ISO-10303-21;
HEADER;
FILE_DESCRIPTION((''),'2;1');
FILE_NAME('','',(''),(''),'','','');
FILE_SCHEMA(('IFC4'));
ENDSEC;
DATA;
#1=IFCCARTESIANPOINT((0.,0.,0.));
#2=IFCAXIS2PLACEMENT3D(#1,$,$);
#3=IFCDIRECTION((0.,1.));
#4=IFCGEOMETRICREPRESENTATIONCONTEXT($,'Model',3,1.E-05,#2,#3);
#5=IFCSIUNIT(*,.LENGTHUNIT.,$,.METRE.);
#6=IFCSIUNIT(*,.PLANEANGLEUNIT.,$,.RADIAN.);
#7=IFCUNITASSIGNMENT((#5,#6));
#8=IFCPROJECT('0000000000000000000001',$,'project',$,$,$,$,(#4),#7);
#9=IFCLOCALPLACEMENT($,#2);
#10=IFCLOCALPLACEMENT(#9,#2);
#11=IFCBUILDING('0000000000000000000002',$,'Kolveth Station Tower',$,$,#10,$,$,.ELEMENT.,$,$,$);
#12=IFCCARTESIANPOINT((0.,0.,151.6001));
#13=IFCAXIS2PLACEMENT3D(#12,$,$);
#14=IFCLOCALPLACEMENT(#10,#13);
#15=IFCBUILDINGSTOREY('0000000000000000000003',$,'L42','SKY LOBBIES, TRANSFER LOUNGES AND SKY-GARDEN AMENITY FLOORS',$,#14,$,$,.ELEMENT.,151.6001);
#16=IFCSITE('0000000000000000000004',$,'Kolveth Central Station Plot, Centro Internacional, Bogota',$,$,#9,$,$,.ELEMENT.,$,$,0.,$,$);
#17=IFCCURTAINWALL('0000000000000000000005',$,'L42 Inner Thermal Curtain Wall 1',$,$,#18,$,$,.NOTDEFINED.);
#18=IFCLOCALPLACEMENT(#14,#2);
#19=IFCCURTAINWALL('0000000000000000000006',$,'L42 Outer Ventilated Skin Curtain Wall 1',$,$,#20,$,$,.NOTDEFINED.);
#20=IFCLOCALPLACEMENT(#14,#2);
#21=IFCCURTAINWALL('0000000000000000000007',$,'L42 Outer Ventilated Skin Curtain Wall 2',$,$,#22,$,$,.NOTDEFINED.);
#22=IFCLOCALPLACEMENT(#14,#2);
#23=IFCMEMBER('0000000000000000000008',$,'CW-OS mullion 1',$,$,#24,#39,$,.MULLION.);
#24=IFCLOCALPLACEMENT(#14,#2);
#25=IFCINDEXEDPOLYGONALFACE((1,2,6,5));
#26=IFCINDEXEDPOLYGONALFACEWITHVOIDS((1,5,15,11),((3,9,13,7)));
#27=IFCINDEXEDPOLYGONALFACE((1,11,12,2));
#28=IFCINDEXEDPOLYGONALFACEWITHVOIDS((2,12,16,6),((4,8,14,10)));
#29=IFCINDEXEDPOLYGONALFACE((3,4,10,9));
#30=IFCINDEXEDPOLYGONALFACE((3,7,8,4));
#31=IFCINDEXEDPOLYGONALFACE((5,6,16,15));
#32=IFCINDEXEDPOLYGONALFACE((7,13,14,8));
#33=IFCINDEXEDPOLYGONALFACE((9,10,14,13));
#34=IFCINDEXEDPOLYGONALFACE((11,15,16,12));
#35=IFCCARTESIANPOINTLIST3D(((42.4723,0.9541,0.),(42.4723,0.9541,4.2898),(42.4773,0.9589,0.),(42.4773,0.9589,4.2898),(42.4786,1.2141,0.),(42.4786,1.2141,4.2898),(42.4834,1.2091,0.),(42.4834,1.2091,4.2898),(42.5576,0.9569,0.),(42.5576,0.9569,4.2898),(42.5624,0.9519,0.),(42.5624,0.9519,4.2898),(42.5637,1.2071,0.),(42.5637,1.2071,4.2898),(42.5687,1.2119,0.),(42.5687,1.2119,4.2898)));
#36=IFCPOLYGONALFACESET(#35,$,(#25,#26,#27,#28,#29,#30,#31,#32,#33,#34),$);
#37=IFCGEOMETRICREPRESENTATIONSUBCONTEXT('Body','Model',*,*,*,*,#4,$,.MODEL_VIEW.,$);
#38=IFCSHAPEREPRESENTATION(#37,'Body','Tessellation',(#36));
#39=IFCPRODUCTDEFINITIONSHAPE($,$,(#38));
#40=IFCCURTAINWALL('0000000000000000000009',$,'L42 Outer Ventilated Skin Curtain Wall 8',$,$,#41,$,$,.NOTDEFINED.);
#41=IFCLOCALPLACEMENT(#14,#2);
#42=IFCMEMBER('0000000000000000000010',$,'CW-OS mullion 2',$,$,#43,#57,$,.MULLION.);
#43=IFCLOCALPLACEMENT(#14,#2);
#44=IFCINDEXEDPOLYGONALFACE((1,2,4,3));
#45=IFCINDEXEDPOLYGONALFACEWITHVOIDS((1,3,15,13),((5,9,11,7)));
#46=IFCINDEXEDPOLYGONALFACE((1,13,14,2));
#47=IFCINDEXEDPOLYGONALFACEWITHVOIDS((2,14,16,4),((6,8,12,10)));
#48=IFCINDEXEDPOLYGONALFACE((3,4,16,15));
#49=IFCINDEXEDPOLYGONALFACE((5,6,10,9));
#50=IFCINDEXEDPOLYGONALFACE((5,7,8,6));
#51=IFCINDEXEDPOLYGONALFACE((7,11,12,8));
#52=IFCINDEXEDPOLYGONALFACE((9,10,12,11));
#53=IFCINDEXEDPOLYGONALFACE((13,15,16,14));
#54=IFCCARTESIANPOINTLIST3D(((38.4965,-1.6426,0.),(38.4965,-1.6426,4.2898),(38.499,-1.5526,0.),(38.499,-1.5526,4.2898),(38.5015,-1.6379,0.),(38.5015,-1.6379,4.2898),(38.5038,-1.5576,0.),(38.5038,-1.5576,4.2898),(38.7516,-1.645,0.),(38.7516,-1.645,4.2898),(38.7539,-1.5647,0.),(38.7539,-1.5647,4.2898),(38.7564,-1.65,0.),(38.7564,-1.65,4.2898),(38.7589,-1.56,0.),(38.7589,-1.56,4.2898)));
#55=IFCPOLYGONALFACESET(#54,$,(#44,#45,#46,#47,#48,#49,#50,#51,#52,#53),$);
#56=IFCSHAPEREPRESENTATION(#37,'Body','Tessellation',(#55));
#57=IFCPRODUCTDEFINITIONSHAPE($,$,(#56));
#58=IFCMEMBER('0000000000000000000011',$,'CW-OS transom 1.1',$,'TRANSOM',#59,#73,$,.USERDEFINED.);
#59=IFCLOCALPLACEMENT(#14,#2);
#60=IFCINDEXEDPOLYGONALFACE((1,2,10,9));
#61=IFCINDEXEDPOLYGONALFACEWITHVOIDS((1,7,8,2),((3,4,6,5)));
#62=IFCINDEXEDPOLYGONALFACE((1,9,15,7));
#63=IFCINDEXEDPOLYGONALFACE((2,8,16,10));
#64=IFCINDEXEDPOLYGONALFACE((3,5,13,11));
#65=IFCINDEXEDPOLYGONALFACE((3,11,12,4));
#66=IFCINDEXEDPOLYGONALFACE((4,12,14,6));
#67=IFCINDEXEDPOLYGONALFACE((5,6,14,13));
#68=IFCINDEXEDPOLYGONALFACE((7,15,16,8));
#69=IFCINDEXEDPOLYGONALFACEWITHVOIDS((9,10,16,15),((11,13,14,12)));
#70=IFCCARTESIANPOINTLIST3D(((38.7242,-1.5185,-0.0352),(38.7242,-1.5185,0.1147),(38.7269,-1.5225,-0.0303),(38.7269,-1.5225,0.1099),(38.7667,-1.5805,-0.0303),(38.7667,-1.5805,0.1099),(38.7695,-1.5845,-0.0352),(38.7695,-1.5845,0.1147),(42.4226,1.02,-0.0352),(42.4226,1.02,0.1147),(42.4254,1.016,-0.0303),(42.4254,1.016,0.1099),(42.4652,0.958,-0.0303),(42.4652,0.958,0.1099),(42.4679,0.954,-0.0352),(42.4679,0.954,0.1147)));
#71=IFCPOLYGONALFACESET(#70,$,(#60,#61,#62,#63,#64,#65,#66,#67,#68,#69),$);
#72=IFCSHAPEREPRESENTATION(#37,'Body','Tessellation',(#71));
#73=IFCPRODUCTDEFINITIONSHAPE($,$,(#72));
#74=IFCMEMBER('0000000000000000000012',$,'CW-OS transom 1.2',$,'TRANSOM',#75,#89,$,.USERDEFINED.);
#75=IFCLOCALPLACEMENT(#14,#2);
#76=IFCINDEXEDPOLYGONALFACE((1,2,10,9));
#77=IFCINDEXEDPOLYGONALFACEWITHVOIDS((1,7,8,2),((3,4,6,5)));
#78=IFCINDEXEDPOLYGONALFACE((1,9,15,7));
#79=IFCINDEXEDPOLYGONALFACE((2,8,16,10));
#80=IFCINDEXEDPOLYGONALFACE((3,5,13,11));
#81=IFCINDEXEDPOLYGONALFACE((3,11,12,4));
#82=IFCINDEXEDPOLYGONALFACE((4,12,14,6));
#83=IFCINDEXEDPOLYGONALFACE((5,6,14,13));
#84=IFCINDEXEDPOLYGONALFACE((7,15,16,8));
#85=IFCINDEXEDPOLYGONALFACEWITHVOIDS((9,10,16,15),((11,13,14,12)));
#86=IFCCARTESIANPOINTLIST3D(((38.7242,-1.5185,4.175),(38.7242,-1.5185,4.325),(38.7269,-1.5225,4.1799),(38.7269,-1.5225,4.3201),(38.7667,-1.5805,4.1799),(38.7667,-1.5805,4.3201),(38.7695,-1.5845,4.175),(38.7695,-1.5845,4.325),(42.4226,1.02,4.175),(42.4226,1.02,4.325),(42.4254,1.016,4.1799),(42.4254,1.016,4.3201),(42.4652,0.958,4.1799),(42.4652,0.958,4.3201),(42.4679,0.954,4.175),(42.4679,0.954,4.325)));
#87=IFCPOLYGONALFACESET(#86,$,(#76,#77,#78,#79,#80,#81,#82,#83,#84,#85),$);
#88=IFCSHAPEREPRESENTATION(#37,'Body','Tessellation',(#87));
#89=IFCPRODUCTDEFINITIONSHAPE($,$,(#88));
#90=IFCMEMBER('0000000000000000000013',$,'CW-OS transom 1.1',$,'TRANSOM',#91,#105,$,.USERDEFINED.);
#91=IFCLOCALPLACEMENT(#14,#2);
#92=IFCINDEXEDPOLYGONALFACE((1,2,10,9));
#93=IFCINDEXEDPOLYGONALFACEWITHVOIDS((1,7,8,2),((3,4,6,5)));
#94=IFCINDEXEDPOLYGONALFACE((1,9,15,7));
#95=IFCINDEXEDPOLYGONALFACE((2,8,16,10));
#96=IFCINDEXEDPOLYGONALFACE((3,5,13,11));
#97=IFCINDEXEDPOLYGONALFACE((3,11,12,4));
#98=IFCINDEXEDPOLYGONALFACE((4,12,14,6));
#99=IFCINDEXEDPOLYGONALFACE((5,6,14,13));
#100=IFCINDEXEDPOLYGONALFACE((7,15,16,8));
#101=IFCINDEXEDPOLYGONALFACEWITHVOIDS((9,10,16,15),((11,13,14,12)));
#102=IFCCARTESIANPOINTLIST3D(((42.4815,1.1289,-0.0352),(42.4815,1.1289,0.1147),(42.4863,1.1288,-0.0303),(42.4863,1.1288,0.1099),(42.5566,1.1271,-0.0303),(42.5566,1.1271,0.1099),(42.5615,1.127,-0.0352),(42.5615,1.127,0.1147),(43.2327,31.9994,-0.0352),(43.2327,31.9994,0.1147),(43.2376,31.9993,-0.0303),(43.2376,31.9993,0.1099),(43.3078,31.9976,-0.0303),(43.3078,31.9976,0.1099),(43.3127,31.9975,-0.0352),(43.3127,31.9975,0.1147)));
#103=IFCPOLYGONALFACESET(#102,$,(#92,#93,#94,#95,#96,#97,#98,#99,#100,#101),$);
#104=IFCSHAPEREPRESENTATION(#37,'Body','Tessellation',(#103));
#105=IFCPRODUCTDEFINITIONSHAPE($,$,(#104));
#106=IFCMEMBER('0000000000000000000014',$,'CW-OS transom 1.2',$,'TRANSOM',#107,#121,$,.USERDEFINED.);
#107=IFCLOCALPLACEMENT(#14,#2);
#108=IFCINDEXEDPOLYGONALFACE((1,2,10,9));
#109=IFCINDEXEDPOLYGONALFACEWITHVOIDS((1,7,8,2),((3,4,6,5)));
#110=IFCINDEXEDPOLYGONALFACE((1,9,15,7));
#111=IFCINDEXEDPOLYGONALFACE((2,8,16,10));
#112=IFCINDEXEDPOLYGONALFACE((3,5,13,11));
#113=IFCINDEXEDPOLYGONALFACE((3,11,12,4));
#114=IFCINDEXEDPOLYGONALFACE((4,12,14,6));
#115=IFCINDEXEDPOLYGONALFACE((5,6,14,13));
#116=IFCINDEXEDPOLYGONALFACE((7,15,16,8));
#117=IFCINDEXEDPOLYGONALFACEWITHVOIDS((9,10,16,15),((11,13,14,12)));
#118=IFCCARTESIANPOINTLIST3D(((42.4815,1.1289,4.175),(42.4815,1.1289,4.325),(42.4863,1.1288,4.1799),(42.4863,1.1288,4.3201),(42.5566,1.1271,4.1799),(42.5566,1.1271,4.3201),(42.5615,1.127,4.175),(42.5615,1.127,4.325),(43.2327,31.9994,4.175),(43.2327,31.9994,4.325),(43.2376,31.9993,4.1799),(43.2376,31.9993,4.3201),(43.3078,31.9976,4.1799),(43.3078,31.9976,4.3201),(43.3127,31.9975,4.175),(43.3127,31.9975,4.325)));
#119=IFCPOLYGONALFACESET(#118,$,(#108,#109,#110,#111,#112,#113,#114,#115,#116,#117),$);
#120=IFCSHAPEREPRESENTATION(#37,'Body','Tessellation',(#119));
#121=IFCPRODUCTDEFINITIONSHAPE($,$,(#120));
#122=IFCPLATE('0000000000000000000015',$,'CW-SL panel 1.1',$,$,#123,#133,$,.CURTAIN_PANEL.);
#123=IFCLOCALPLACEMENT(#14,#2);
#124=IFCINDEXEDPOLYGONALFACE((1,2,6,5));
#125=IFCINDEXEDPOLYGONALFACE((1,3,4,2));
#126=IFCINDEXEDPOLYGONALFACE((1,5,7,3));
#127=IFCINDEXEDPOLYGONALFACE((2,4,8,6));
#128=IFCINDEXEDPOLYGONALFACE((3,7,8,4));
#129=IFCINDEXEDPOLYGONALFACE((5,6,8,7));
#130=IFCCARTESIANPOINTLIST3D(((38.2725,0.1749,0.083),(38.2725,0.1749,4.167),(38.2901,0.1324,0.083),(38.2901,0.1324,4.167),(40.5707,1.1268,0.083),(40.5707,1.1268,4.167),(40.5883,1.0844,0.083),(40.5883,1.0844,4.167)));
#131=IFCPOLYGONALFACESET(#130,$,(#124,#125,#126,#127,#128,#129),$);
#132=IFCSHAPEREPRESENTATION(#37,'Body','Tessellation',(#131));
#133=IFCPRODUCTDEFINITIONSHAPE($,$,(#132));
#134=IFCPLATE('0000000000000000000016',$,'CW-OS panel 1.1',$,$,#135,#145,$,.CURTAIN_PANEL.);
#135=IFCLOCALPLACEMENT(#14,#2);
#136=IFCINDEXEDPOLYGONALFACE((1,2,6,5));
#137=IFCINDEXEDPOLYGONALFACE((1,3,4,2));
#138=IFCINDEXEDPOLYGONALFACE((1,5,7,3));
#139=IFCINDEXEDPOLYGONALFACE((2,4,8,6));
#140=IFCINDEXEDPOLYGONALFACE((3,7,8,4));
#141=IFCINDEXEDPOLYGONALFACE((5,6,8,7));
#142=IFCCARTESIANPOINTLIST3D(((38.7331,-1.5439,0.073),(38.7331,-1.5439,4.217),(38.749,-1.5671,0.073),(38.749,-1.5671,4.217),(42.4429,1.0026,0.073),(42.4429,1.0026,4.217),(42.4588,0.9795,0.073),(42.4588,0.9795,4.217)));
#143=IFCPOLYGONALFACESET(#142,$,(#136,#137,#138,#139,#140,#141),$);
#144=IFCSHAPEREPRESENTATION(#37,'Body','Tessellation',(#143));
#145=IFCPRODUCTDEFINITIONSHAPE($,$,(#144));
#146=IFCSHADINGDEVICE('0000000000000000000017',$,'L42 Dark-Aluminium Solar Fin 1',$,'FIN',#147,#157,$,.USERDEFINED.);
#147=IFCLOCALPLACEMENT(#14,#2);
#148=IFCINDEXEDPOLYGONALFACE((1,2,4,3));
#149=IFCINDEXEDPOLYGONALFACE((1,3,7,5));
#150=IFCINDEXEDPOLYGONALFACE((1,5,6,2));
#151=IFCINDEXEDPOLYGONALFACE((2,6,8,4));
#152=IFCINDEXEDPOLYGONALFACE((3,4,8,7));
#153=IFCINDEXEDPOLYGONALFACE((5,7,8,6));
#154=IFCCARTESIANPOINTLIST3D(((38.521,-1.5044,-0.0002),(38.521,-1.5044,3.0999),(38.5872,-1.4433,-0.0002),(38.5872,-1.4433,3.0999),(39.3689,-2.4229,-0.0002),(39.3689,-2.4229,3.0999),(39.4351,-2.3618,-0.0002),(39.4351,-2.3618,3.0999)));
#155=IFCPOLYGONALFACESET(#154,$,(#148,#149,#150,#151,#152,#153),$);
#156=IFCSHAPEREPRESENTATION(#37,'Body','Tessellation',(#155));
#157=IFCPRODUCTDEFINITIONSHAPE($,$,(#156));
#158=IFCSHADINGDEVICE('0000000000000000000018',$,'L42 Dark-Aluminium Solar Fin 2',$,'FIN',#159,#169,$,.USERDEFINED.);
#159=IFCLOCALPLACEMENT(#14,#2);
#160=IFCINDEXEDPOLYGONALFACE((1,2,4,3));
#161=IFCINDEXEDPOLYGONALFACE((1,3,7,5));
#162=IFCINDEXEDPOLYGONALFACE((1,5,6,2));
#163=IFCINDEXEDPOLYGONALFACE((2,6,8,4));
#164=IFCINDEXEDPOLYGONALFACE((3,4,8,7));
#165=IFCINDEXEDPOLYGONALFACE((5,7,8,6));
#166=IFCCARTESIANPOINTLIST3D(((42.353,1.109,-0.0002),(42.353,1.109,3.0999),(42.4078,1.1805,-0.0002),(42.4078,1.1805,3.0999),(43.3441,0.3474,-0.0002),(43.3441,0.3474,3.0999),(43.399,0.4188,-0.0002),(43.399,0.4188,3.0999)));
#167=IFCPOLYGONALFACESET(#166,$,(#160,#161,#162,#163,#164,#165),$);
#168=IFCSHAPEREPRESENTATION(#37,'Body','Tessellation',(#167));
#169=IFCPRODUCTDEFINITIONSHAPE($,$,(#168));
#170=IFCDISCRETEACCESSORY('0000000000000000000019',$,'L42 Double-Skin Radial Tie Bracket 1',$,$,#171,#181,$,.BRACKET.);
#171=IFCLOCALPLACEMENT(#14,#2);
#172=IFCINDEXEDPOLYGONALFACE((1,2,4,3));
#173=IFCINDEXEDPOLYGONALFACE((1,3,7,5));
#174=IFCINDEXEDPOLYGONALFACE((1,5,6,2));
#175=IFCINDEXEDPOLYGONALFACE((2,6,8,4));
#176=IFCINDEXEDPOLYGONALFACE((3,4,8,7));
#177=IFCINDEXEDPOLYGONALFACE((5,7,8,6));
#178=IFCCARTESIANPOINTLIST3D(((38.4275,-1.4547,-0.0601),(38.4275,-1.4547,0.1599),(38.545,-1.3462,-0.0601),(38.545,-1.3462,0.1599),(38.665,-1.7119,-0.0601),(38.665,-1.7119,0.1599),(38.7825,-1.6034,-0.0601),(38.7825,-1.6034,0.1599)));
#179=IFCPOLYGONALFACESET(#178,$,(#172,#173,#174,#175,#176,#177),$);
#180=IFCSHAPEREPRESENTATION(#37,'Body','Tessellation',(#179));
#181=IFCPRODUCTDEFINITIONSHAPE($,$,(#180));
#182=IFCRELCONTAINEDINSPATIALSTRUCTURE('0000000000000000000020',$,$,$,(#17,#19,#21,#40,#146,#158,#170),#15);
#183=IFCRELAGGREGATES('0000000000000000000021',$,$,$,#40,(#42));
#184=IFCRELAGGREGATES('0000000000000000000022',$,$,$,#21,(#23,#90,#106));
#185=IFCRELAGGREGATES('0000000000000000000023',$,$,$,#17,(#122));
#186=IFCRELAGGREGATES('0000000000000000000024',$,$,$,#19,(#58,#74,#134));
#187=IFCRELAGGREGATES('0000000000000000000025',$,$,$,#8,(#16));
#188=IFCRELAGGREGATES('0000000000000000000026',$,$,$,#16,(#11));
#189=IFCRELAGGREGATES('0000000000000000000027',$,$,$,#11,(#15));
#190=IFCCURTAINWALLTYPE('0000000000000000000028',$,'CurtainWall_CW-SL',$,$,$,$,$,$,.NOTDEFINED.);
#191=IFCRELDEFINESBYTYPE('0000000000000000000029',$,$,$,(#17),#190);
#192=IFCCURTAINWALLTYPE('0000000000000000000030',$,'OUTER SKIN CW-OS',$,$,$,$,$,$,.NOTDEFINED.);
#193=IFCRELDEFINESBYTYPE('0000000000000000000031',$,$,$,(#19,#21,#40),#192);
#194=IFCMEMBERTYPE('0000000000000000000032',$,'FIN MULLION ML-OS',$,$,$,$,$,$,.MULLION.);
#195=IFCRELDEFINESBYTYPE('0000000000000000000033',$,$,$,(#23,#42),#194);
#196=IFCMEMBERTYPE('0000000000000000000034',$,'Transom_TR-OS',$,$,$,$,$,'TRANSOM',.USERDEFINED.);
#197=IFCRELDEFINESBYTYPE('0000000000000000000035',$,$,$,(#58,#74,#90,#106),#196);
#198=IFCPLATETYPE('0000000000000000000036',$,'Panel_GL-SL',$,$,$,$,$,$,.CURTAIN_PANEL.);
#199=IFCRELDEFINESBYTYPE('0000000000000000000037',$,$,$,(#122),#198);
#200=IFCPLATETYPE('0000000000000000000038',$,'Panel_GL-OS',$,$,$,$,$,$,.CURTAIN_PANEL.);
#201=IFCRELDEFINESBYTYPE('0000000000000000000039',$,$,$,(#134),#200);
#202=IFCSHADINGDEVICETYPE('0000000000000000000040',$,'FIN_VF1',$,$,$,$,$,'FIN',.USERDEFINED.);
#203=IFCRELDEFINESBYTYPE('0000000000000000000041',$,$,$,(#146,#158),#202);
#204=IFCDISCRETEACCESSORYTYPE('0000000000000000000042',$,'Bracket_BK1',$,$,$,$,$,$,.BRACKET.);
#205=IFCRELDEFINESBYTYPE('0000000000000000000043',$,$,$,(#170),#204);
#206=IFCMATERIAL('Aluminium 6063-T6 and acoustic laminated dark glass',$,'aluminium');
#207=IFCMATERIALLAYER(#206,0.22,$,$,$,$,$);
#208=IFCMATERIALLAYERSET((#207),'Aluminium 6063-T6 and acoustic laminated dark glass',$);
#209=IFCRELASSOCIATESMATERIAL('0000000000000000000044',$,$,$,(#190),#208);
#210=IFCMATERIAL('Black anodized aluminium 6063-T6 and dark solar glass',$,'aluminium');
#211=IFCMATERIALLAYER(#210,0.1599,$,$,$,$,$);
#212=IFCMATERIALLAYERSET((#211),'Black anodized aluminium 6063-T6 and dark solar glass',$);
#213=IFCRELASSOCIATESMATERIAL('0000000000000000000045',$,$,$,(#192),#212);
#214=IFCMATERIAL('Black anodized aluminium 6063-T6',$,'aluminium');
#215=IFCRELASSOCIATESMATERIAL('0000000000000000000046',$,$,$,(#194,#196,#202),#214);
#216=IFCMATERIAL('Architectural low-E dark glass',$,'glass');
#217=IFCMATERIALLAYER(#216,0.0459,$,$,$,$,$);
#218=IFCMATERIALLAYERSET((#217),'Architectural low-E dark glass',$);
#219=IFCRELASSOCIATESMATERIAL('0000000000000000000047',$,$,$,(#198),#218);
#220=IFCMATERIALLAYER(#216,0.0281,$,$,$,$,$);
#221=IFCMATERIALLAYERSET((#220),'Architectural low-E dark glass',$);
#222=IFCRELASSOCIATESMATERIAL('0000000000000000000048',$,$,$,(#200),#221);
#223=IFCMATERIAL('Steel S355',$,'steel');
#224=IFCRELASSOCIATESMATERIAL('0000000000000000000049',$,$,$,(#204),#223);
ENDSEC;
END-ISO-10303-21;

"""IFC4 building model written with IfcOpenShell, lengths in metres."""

from ifc_helpers import new_model, si_unit, direction, frame, origin, origin_2d, place, context, subcontext, project, spatial, rectangle, hollow_rectangle, extrude, source, transform, mapped, material, layer, layer_set, material_profile, profile_set, type_object, element, aggregate, save


model = new_model("IFC4")

# Units and contexts
model_context = context("Model", 3, precision=1e-05, world=origin(), true_north=direction((0.0, 1.0)))
body_context = subcontext(model_context, "Body", "Model", "MODEL_VIEW")
ifc_project = project(units=[si_unit("LENGTHUNIT", "METRE"), si_unit("PLANEANGLEUNIT", "RADIAN")], contexts=[model_context])

# Site, building, storey
site_placement = place(None, origin())
site = spatial("IfcSite", under=ifc_project, at=site_placement, Name="Kolveth Central Station Plot, Centro Internacional, Bogota", CompositionType="ELEMENT", RefElevation=0.0)
building_placement = place(site_placement, origin())
building = spatial("IfcBuilding", under=site, at=building_placement, Name="Kolveth Station Tower", CompositionType="ELEMENT")
storey_placement = place(building_placement, frame((0.0, 0.0, 151.6001)))
storey = spatial("IfcBuildingStorey", under=building, at=storey_placement, Name="L42", Description="SKY LOBBIES, TRANSFER LOUNGES AND SKY-GARDEN AMENITY FLOORS", CompositionType="ELEMENT", Elevation=151.6001)

# Shared definitions
ifc_material_1 = material(Name="Steel S355", Category="steel")

# Curtain wall
ifc_material_2 = material(Name="Aluminium 6063-T6 and acoustic laminated dark glass", Category="aluminium")
ifc_layer_1 = layer(ifc_material_2, 0.22)
ifc_layer_set_1 = layer_set([ifc_layer_1], Name="Aluminium 6063-T6 and acoustic laminated dark glass")
curtain_wall_type_1 = type_object("IfcCurtainWallType", Name="CurtainWall_CW-SL", PredefinedType="NOTDEFINED", material=ifc_layer_set_1)
curtain_wall_1_placement = place(storey_placement, origin())
curtain_wall_1 = element("IfcCurtainWall", 1, at=curtain_wall_1_placement, inside=storey, type_object=curtain_wall_type_1, Name="L42 Inner Thermal Curtain Wall 1", PredefinedType="NOTDEFINED")
ifc_material_3 = material(Name="Black anodized aluminium 6063-T6", Category="aluminium")

# Curtain wall
ifc_material_4 = material(Name="Black anodized aluminium 6063-T6 and dark solar glass", Category="aluminium")
ifc_layer_2 = layer(ifc_material_4, 0.1599)
ifc_layer_set_2 = layer_set([ifc_layer_2], Name="Black anodized aluminium 6063-T6 and dark solar glass")
curtain_wall_type_2 = type_object("IfcCurtainWallType", Name="OUTER SKIN CW-OS", PredefinedType="NOTDEFINED", material=ifc_layer_set_2)
curtain_wall_2_placement = place(storey_placement, origin())
curtain_wall_2 = element("IfcCurtainWall", 2, at=curtain_wall_2_placement, inside=storey, type_object=curtain_wall_type_2, Name="L42 Outer Ventilated Skin Curtain Wall 1", PredefinedType="NOTDEFINED")
ifc_material_profile_1 = material_profile(ifc_material_3, hollow_rectangle(XDim=0.0901, YDim=0.26, WallThickness=0.0049, at=origin_2d()), Name="ALU-90x260x5")
ifc_profile_set_1 = profile_set([ifc_material_profile_1], Name="Black anodized aluminium 6063-T6")
member_type_1 = type_object("IfcMemberType", Name="FIN MULLION ML-OS", PredefinedType="MULLION", material=ifc_profile_set_1)
shared_shape_1 = source(origin(), body_context, "Body", "SweptSolid", [
    extrude(hollow_rectangle(XDim=0.0901, YDim=0.26, WallThickness=0.0049, at=origin_2d()), origin(), (0.0, 0.0, 1.0), 4.2898),
])

# Curtain walls, members
curtain_wall_3_placement = place(storey_placement, origin())
curtain_wall_3 = element("IfcCurtainWall", 3, at=curtain_wall_3_placement, inside=storey, type_object=curtain_wall_type_2, Name="L42 Outer Ventilated Skin Curtain Wall 2", PredefinedType="NOTDEFINED")
member_1_placement = place(storey_placement, frame((42.5205, 1.083, 0.0), z_axis=(0.0, 0.0, 1.0), x_axis=(-0.999704, 0.024324, 0.0)))
member_1 = element("IfcMember", 4, at=member_1_placement, type_object=member_type_1, Name="CW-OS mullion 1", PredefinedType="MULLION", context=body_context, shape_type="MappedRepresentation", body=[
    mapped(shared_shape_1, transform((0.0, 0.0, 0.0), x_axis=(1.0, 0.0, 0.0), y_axis=(0.0, 1.0, 0.0), z_axis=(0.0, 0.0, 1.0), scale=1.0)),
])
curtain_wall_4_placement = place(storey_placement, origin())
curtain_wall_4 = element("IfcCurtainWall", 5, at=curtain_wall_4_placement, inside=storey, type_object=curtain_wall_type_2, Name="L42 Outer Ventilated Skin Curtain Wall 8", PredefinedType="NOTDEFINED")
member_2_placement = place(storey_placement, frame((38.6277, -1.6013, 0.0), z_axis=(0.0, 0.0, 1.0), x_axis=(0.028462, 0.999595, 0.0)))
member_2 = element("IfcMember", 6, at=member_2_placement, type_object=member_type_1, Name="CW-OS mullion 2", PredefinedType="MULLION", context=body_context, shape_type="MappedRepresentation", body=[
    mapped(shared_shape_1, transform((0.0, 0.0, 0.0), x_axis=(1.0, 0.0, 0.0), y_axis=(0.0, 1.0, 0.0), z_axis=(0.0, 0.0, 1.0), scale=1.0)),
])
aggregate(curtain_wall_4, [member_2])

# Members
ifc_material_profile_2 = material_profile(ifc_material_3, hollow_rectangle(XDim=0.0801, YDim=0.1499, WallThickness=0.0049, at=origin_2d()), Name="ALU-80x150x5")
ifc_profile_set_2 = profile_set([ifc_material_profile_2], Name="Black anodized aluminium 6063-T6")
member_type_2 = type_object("IfcMemberType", Name="Transom_TR-OS", ElementType="TRANSOM", PredefinedType="USERDEFINED", material=ifc_profile_set_2)
shared_shape_2 = source(origin(), body_context, "Body", "SweptSolid", [
    extrude(hollow_rectangle(XDim=0.0801, YDim=0.1499, WallThickness=0.0049, at=origin_2d()), origin(), (0.0, 0.0, 1.0), 4.4858),
])
member_3_placement = place(storey_placement, frame((38.7468, -1.5515, 0.0398), z_axis=(0.824472, 0.565903, 0.0), x_axis=(-0.565903, 0.824472, 0.0)))
member_3 = element("IfcMember", 7, at=member_3_placement, type_object=member_type_2, Name="CW-OS transom 1.1", ObjectType="TRANSOM", PredefinedType="USERDEFINED", context=body_context, shape_type="MappedRepresentation", body=[
    mapped(shared_shape_2, transform((0.0, 0.0, 0.0), x_axis=(1.0, 0.0, 0.0), y_axis=(0.0, 1.0, 0.0), z_axis=(0.0, 0.0, 1.0), scale=1.0)),
])
member_4_placement = place(storey_placement, frame((38.7468, -1.5515, 4.25), z_axis=(0.824472, 0.565903, 0.0), x_axis=(-0.565903, 0.824472, 0.0)))
member_4 = element("IfcMember", 8, at=member_4_placement, type_object=member_type_2, Name="CW-OS transom 1.2", ObjectType="TRANSOM", PredefinedType="USERDEFINED", context=body_context, shape_type="MappedRepresentation", body=[
    mapped(shared_shape_2, transform((0.0, 0.0, 0.0), x_axis=(1.0, 0.0, 0.0), y_axis=(0.0, 1.0, 0.0), z_axis=(0.0, 0.0, 1.0), scale=1.0)),
])
shared_shape_3 = source(origin(), body_context, "Body", "SweptSolid", [
    extrude(hollow_rectangle(XDim=0.0801, YDim=0.1499, WallThickness=0.0049, at=origin_2d()), origin(), (0.0, 0.0, 1.0), 30.8796),
])
member_5_placement = place(storey_placement, frame((42.5215, 1.1279, 0.0398), z_axis=(0.024327, 0.999704, 0.0), x_axis=(-0.999704, 0.024327, 0.0)))
member_5 = element("IfcMember", 9, at=member_5_placement, type_object=member_type_2, Name="CW-OS transom 1.1", ObjectType="TRANSOM", PredefinedType="USERDEFINED", context=body_context, shape_type="MappedRepresentation", body=[
    mapped(shared_shape_3, transform((0.0, 0.0, 0.0), x_axis=(1.0, 0.0, 0.0), y_axis=(0.0, 1.0, 0.0), z_axis=(0.0, 0.0, 1.0), scale=1.0)),
])
member_6_placement = place(storey_placement, frame((42.5215, 1.1279, 4.25), z_axis=(0.024327, 0.999704, 0.0), x_axis=(-0.999704, 0.024327, 0.0)))
member_6 = element("IfcMember", 10, at=member_6_placement, type_object=member_type_2, Name="CW-OS transom 1.2", ObjectType="TRANSOM", PredefinedType="USERDEFINED", context=body_context, shape_type="MappedRepresentation", body=[
    mapped(shared_shape_3, transform((0.0, 0.0, 0.0), x_axis=(1.0, 0.0, 0.0), y_axis=(0.0, 1.0, 0.0), z_axis=(0.0, 0.0, 1.0), scale=1.0)),
])
aggregate(curtain_wall_3, [member_1, member_5, member_6])

# Plates
ifc_material_5 = material(Name="Architectural low-E dark glass", Category="glass")
ifc_layer_3 = layer(ifc_material_5, 0.0459)
ifc_layer_set_3 = layer_set([ifc_layer_3], Name="Architectural low-E dark glass")
plate_type_1 = type_object("IfcPlateType", Name="Panel_GL-SL", PredefinedType="CURTAIN_PANEL", material=ifc_layer_set_3)
shared_shape_4 = source(origin(), body_context, "Body", "SweptSolid", [
    extrude(rectangle(XDim=2.4875, YDim=0.0459, at=origin_2d()), origin(), (0.0, 0.0, 1.0), 4.084),
])
plate_1_placement = place(storey_placement, frame((39.4304, 0.6296, 0.083), z_axis=(0.0, 0.0, 1.0), x_axis=(0.923874, 0.382698, 0.0)))
plate_1 = element("IfcPlate", 11, at=plate_1_placement, type_object=plate_type_1, Name="CW-SL panel 1.1", PredefinedType="CURTAIN_PANEL", context=body_context, shape_type="MappedRepresentation", body=[
    mapped(shared_shape_4, transform((0.0, 0.0, 0.0), x_axis=(1.0, 0.0, 0.0), y_axis=(0.0, 1.0, 0.0), z_axis=(0.0, 0.0, 1.0), scale=1.0)),
])
aggregate(curtain_wall_1, [plate_1])
ifc_layer_4 = layer(ifc_material_5, 0.0281)
ifc_layer_set_4 = layer_set([ifc_layer_4], Name="Architectural low-E dark glass")
plate_type_2 = type_object("IfcPlateType", Name="Panel_GL-OS", PredefinedType="CURTAIN_PANEL", material=ifc_layer_set_4)
shared_shape_5 = source(origin(), body_context, "Body", "SweptSolid", [
    extrude(rectangle(XDim=4.4998, YDim=0.0281, at=origin_2d()), origin(), (0.0, 0.0, 1.0), 4.144),
])
plate_2_placement = place(storey_placement, frame((40.5959, -0.2822, 0.073), z_axis=(0.0, 0.0, 1.0), x_axis=(0.824459, 0.565921, 0.0)))
plate_2 = element("IfcPlate", 12, at=plate_2_placement, type_object=plate_type_2, Name="CW-OS panel 1.1", PredefinedType="CURTAIN_PANEL", context=body_context, shape_type="MappedRepresentation", body=[
    mapped(shared_shape_5, transform((0.0, 0.0, 0.0), x_axis=(1.0, 0.0, 0.0), y_axis=(0.0, 1.0, 0.0), z_axis=(0.0, 0.0, 1.0), scale=1.0)),
])
aggregate(curtain_wall_2, [member_3, member_4, plate_2])

# Shading devices
shading_device_type = type_object("IfcShadingDeviceType", Name="FIN_VF1", ElementType="FIN", PredefinedType="USERDEFINED", material=ifc_material_3)
shared_shape_6 = source(origin(), body_context, "Body", "SweptSolid", [
    extrude(rectangle(XDim=1.25, YDim=0.0901, at=origin_2d()), origin(), (0.0, 0.0, 1.0), 3.1001),
])
for number, where, z_axis, x_axis, name in (
    (13, (38.978, -1.9331, -0.0002), (0.0, 0.0, 1.0), (0.678288, -0.734796, 0.0), "L42 Dark-Aluminium Solar Fin 1"),
    (14, (42.876, 0.7639, -0.0002), (0.0, 0.0, 1.0), (0.792928, -0.609315, 0.0), "L42 Dark-Aluminium Solar Fin 2"),
):
    element("IfcShadingDevice", number, at=place(storey_placement, frame(where, z_axis=z_axis, x_axis=x_axis)), inside=storey, type_object=shading_device_type, Name=name, ObjectType="FIN", PredefinedType="USERDEFINED", context=body_context, shape_type="MappedRepresentation", body=[
        mapped(shared_shape_6, transform((0.0, 0.0, 0.0), x_axis=(1.0, 0.0, 0.0), y_axis=(0.0, 1.0, 0.0), z_axis=(0.0, 0.0, 1.0), scale=1.0)),
    ])

# Discrete accessory
discrete_accessory_type = type_object("IfcDiscreteAccessoryType", Name="Bracket_BK1", PredefinedType="BRACKET", material=ifc_material_1)
shared_shape_7 = source(origin(), body_context, "Body", "SweptSolid", [
    extrude(rectangle(XDim=0.3501, YDim=0.1599, at=origin_2d()), origin(), (0.0, 0.0, 1.0), 0.22),
])
for number, where, z_axis, x_axis, name in (
    (15, (38.605, -1.5291, -0.0601), (0.0, 0.0, 1.0), (0.678288, -0.734796, 0.0), "L42 Double-Skin Radial Tie Bracket 1"),
):
    element("IfcDiscreteAccessory", number, at=place(storey_placement, frame(where, z_axis=z_axis, x_axis=x_axis)), inside=storey, type_object=discrete_accessory_type, Name=name, PredefinedType="BRACKET", context=body_context, shape_type="MappedRepresentation", body=[
        mapped(shared_shape_7, transform((0.0, 0.0, 0.0), x_axis=(1.0, 0.0, 0.0), y_axis=(0.0, 1.0, 0.0), z_axis=(0.0, 0.0, 1.0), scale=1.0)),
    ])

save(model, "model.ifc")
